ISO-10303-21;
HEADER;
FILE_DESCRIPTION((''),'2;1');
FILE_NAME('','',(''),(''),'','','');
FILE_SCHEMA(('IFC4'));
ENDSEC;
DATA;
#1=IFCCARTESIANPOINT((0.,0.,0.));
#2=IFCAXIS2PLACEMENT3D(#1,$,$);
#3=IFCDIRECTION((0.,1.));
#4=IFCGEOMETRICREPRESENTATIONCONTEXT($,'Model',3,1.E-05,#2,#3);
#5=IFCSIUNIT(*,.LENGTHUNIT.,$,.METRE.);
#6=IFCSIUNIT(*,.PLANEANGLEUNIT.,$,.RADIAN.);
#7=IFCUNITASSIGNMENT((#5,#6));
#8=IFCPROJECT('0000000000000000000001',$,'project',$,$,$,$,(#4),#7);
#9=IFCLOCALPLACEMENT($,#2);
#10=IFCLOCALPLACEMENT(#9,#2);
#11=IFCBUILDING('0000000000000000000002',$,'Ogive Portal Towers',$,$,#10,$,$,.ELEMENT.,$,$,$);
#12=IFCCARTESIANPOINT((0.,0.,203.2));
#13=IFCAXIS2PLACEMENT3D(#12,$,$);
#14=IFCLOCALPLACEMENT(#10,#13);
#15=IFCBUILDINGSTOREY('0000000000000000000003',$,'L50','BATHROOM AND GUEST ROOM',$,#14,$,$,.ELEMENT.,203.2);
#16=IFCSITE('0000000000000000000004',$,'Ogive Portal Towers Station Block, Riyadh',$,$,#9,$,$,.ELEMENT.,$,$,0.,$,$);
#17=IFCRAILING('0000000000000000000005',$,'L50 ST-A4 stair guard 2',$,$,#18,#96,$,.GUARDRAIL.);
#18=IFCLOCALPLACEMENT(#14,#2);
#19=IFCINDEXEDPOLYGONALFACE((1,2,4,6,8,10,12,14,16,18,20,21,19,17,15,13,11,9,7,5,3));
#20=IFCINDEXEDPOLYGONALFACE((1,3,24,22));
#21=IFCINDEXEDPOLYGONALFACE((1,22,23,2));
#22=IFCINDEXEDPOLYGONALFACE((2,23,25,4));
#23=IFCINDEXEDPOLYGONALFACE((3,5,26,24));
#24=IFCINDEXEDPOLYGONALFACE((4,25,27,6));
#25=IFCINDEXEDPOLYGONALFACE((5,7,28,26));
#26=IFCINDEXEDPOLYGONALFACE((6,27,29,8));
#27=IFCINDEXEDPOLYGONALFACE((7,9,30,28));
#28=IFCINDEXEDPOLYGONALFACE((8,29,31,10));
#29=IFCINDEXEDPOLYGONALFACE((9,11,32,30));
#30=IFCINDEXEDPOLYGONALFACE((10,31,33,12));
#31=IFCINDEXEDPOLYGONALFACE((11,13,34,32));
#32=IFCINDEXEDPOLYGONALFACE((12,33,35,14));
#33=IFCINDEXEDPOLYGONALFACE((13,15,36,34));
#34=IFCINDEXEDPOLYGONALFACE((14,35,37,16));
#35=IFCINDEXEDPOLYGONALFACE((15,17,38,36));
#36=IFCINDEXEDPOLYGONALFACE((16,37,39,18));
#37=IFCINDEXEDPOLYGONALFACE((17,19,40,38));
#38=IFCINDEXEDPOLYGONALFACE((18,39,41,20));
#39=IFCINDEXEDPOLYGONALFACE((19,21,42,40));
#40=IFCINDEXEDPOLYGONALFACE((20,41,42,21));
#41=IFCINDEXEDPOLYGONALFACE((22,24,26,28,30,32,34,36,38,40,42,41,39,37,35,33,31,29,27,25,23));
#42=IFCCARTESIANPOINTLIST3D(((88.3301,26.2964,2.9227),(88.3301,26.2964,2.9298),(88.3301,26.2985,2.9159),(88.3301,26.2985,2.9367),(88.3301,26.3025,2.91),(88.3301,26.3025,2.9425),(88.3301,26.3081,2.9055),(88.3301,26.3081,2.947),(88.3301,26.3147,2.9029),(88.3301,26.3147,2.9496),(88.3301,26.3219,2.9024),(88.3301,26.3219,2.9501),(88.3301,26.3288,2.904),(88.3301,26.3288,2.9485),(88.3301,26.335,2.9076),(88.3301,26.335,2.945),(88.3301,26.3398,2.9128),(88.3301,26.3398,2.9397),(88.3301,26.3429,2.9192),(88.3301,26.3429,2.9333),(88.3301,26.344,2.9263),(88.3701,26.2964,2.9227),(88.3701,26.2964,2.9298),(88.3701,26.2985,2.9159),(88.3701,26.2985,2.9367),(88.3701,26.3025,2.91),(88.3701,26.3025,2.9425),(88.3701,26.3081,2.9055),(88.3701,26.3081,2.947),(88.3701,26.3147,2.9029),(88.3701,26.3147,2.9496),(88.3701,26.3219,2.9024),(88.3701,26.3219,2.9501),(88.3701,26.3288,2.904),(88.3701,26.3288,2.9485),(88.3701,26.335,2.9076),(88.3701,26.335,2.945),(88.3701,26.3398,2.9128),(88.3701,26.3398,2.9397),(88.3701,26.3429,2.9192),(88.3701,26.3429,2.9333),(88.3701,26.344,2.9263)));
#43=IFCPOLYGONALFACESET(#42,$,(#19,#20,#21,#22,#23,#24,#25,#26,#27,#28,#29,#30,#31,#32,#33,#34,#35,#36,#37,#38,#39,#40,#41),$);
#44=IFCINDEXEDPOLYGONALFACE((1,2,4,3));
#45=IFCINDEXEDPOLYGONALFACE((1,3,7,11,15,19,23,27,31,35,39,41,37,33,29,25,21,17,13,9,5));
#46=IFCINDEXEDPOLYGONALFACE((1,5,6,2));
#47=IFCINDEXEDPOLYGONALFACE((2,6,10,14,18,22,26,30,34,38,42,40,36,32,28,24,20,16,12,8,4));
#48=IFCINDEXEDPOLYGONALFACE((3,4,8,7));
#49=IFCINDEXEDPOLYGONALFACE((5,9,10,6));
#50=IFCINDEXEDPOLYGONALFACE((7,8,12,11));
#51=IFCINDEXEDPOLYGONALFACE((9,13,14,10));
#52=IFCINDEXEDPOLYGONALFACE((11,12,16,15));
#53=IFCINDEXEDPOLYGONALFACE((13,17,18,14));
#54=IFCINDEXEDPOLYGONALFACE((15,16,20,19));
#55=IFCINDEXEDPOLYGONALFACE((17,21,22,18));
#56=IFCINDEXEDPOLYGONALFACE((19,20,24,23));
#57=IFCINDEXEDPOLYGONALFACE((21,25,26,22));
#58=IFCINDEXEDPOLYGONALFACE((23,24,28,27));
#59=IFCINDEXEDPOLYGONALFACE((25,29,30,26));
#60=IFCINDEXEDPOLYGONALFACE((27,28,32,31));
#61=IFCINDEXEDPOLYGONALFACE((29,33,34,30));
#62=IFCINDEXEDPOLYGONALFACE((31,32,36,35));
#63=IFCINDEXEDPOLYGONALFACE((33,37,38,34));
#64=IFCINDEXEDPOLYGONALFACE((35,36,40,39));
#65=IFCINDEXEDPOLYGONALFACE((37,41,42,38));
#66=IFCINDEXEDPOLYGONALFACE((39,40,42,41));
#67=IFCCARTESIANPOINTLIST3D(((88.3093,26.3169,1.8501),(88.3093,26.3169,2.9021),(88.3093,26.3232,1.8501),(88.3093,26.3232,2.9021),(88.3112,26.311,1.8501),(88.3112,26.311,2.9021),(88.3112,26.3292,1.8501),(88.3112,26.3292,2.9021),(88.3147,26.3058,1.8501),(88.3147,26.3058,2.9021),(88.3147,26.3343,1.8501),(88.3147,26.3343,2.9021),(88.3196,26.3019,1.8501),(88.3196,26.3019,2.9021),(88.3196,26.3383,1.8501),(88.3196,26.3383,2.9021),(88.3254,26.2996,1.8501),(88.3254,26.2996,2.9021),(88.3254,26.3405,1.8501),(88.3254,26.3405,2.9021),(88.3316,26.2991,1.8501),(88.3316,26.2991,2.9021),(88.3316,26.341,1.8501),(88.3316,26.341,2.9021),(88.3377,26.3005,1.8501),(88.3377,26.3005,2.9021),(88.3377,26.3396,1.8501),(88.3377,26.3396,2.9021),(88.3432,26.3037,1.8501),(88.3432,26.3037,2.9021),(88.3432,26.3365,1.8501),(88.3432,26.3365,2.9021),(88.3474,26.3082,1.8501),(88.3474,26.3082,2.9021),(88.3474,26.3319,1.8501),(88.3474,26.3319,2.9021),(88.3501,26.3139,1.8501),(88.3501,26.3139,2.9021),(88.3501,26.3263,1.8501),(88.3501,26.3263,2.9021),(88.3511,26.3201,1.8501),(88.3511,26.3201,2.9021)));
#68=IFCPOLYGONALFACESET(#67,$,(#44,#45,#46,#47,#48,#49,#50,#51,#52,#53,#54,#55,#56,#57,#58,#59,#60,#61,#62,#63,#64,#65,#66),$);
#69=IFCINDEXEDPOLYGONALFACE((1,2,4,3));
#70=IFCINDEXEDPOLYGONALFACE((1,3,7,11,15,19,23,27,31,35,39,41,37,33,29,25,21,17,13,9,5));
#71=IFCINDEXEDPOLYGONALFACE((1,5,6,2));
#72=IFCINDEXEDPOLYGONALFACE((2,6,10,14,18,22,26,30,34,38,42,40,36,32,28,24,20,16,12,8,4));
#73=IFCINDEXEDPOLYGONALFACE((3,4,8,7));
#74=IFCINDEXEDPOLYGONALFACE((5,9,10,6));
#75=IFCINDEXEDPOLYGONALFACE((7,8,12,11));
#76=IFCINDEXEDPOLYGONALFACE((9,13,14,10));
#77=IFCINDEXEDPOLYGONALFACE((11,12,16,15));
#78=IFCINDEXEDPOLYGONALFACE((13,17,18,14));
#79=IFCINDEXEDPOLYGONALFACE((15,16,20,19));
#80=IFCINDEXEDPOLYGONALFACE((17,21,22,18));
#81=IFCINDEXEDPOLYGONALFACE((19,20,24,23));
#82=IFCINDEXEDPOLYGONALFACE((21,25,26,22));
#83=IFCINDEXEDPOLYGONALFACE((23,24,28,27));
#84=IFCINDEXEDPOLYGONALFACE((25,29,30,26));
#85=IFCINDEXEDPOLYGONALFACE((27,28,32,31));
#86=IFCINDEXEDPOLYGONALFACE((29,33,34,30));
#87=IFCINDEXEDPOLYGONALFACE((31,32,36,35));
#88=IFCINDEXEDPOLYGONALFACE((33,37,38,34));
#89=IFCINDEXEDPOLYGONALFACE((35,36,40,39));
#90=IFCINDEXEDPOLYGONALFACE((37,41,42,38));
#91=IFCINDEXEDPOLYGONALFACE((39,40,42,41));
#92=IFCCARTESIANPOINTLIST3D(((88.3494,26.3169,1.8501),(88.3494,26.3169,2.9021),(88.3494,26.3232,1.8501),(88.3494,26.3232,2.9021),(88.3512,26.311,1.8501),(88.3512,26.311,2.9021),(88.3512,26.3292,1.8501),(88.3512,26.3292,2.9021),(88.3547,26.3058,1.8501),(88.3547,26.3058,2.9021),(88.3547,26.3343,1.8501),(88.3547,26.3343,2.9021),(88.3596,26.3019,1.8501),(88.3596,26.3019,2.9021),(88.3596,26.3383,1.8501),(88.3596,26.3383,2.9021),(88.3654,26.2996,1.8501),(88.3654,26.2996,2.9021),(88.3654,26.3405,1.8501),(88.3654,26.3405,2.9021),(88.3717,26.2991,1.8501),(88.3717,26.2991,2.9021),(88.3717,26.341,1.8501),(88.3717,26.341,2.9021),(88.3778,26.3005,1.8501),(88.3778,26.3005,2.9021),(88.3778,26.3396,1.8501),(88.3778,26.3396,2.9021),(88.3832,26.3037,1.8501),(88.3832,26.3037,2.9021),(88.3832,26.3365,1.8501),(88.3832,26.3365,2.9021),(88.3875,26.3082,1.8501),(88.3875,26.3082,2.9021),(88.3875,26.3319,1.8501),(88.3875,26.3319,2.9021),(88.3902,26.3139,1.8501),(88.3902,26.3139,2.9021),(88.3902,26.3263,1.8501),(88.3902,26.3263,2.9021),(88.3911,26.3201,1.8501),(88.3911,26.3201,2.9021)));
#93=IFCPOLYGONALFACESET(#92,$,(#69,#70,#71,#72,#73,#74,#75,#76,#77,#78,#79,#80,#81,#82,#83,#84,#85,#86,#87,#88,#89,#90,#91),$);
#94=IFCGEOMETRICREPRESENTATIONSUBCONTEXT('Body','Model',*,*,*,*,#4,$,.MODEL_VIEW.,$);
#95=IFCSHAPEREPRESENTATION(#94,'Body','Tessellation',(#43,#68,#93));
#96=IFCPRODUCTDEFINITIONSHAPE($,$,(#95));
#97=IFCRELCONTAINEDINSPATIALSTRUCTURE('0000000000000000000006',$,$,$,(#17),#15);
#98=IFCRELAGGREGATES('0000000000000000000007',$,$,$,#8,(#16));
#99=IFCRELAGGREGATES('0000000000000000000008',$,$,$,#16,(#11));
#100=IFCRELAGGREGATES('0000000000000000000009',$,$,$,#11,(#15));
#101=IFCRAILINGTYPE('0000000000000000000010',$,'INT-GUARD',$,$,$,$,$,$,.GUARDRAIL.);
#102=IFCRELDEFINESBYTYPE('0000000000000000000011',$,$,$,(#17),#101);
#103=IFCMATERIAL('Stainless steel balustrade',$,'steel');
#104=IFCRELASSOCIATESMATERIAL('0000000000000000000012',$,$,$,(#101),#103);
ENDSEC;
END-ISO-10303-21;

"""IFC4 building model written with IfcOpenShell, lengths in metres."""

from ifc_helpers import new_model, si_unit, direction, frame, origin, origin_2d, place, context, subcontext, project, spatial, circle, extrude, material, type_object, element, save


model = new_model("IFC4")

# Units and contexts
model_context = context("Model", 3, precision=1e-05, world=origin(), true_north=direction((0.0, 1.0)))
body_context = subcontext(model_context, "Body", "Model", "MODEL_VIEW")
ifc_project = project(units=[si_unit("LENGTHUNIT", "METRE"), si_unit("PLANEANGLEUNIT", "RADIAN")], contexts=[model_context])

# Site, building, storey
site_placement = place(None, origin())
site = spatial("IfcSite", under=ifc_project, at=site_placement, Name="Ogive Portal Towers Station Block, Riyadh", CompositionType="ELEMENT", RefElevation=0.0)
building_placement = place(site_placement, origin())
building = spatial("IfcBuilding", under=site, at=building_placement, Name="Ogive Portal Towers", CompositionType="ELEMENT")
storey_placement = place(building_placement, frame((0.0, 0.0, 203.2)))
storey = spatial("IfcBuildingStorey", under=building, at=storey_placement, Name="L50", Description="BATHROOM AND GUEST ROOM", CompositionType="ELEMENT", Elevation=203.2)

# Railing
ifc_material_1 = material(Name="Stainless steel balustrade", Category="steel")
railing_type_1 = type_object("IfcRailingType", Name="INT-GUARD", PredefinedType="GUARDRAIL", material=ifc_material_1)
railing_1_placement = place(storey_placement, frame((88.3301, 26.3201, 1.8501)))
element("IfcRailing", 1, at=railing_1_placement, inside=storey, type_object=railing_type_1, Name="L50 ST-A4 stair guard 2", PredefinedType="GUARDRAIL", context=body_context, shape_type="SweptSolid", body=[
    extrude(circle(Radius=0.0239, at=origin_2d()), frame((0.0, 0.0, 1.0762), z_axis=(1.0, 0.0, 0.0), x_axis=(0.0, 1.0, 0.0)), (0.0, 0.0, 1.0), 0.04),
    extrude(circle(Radius=0.021, at=origin_2d()), origin(), (0.0, 0.0, 1.0), 1.052),
    extrude(circle(Radius=0.021, at=origin_2d()), frame((0.04, 0.0, 0.0)), (0.0, 0.0, 1.0), 1.052),
])

save(model, "model.ifc")
